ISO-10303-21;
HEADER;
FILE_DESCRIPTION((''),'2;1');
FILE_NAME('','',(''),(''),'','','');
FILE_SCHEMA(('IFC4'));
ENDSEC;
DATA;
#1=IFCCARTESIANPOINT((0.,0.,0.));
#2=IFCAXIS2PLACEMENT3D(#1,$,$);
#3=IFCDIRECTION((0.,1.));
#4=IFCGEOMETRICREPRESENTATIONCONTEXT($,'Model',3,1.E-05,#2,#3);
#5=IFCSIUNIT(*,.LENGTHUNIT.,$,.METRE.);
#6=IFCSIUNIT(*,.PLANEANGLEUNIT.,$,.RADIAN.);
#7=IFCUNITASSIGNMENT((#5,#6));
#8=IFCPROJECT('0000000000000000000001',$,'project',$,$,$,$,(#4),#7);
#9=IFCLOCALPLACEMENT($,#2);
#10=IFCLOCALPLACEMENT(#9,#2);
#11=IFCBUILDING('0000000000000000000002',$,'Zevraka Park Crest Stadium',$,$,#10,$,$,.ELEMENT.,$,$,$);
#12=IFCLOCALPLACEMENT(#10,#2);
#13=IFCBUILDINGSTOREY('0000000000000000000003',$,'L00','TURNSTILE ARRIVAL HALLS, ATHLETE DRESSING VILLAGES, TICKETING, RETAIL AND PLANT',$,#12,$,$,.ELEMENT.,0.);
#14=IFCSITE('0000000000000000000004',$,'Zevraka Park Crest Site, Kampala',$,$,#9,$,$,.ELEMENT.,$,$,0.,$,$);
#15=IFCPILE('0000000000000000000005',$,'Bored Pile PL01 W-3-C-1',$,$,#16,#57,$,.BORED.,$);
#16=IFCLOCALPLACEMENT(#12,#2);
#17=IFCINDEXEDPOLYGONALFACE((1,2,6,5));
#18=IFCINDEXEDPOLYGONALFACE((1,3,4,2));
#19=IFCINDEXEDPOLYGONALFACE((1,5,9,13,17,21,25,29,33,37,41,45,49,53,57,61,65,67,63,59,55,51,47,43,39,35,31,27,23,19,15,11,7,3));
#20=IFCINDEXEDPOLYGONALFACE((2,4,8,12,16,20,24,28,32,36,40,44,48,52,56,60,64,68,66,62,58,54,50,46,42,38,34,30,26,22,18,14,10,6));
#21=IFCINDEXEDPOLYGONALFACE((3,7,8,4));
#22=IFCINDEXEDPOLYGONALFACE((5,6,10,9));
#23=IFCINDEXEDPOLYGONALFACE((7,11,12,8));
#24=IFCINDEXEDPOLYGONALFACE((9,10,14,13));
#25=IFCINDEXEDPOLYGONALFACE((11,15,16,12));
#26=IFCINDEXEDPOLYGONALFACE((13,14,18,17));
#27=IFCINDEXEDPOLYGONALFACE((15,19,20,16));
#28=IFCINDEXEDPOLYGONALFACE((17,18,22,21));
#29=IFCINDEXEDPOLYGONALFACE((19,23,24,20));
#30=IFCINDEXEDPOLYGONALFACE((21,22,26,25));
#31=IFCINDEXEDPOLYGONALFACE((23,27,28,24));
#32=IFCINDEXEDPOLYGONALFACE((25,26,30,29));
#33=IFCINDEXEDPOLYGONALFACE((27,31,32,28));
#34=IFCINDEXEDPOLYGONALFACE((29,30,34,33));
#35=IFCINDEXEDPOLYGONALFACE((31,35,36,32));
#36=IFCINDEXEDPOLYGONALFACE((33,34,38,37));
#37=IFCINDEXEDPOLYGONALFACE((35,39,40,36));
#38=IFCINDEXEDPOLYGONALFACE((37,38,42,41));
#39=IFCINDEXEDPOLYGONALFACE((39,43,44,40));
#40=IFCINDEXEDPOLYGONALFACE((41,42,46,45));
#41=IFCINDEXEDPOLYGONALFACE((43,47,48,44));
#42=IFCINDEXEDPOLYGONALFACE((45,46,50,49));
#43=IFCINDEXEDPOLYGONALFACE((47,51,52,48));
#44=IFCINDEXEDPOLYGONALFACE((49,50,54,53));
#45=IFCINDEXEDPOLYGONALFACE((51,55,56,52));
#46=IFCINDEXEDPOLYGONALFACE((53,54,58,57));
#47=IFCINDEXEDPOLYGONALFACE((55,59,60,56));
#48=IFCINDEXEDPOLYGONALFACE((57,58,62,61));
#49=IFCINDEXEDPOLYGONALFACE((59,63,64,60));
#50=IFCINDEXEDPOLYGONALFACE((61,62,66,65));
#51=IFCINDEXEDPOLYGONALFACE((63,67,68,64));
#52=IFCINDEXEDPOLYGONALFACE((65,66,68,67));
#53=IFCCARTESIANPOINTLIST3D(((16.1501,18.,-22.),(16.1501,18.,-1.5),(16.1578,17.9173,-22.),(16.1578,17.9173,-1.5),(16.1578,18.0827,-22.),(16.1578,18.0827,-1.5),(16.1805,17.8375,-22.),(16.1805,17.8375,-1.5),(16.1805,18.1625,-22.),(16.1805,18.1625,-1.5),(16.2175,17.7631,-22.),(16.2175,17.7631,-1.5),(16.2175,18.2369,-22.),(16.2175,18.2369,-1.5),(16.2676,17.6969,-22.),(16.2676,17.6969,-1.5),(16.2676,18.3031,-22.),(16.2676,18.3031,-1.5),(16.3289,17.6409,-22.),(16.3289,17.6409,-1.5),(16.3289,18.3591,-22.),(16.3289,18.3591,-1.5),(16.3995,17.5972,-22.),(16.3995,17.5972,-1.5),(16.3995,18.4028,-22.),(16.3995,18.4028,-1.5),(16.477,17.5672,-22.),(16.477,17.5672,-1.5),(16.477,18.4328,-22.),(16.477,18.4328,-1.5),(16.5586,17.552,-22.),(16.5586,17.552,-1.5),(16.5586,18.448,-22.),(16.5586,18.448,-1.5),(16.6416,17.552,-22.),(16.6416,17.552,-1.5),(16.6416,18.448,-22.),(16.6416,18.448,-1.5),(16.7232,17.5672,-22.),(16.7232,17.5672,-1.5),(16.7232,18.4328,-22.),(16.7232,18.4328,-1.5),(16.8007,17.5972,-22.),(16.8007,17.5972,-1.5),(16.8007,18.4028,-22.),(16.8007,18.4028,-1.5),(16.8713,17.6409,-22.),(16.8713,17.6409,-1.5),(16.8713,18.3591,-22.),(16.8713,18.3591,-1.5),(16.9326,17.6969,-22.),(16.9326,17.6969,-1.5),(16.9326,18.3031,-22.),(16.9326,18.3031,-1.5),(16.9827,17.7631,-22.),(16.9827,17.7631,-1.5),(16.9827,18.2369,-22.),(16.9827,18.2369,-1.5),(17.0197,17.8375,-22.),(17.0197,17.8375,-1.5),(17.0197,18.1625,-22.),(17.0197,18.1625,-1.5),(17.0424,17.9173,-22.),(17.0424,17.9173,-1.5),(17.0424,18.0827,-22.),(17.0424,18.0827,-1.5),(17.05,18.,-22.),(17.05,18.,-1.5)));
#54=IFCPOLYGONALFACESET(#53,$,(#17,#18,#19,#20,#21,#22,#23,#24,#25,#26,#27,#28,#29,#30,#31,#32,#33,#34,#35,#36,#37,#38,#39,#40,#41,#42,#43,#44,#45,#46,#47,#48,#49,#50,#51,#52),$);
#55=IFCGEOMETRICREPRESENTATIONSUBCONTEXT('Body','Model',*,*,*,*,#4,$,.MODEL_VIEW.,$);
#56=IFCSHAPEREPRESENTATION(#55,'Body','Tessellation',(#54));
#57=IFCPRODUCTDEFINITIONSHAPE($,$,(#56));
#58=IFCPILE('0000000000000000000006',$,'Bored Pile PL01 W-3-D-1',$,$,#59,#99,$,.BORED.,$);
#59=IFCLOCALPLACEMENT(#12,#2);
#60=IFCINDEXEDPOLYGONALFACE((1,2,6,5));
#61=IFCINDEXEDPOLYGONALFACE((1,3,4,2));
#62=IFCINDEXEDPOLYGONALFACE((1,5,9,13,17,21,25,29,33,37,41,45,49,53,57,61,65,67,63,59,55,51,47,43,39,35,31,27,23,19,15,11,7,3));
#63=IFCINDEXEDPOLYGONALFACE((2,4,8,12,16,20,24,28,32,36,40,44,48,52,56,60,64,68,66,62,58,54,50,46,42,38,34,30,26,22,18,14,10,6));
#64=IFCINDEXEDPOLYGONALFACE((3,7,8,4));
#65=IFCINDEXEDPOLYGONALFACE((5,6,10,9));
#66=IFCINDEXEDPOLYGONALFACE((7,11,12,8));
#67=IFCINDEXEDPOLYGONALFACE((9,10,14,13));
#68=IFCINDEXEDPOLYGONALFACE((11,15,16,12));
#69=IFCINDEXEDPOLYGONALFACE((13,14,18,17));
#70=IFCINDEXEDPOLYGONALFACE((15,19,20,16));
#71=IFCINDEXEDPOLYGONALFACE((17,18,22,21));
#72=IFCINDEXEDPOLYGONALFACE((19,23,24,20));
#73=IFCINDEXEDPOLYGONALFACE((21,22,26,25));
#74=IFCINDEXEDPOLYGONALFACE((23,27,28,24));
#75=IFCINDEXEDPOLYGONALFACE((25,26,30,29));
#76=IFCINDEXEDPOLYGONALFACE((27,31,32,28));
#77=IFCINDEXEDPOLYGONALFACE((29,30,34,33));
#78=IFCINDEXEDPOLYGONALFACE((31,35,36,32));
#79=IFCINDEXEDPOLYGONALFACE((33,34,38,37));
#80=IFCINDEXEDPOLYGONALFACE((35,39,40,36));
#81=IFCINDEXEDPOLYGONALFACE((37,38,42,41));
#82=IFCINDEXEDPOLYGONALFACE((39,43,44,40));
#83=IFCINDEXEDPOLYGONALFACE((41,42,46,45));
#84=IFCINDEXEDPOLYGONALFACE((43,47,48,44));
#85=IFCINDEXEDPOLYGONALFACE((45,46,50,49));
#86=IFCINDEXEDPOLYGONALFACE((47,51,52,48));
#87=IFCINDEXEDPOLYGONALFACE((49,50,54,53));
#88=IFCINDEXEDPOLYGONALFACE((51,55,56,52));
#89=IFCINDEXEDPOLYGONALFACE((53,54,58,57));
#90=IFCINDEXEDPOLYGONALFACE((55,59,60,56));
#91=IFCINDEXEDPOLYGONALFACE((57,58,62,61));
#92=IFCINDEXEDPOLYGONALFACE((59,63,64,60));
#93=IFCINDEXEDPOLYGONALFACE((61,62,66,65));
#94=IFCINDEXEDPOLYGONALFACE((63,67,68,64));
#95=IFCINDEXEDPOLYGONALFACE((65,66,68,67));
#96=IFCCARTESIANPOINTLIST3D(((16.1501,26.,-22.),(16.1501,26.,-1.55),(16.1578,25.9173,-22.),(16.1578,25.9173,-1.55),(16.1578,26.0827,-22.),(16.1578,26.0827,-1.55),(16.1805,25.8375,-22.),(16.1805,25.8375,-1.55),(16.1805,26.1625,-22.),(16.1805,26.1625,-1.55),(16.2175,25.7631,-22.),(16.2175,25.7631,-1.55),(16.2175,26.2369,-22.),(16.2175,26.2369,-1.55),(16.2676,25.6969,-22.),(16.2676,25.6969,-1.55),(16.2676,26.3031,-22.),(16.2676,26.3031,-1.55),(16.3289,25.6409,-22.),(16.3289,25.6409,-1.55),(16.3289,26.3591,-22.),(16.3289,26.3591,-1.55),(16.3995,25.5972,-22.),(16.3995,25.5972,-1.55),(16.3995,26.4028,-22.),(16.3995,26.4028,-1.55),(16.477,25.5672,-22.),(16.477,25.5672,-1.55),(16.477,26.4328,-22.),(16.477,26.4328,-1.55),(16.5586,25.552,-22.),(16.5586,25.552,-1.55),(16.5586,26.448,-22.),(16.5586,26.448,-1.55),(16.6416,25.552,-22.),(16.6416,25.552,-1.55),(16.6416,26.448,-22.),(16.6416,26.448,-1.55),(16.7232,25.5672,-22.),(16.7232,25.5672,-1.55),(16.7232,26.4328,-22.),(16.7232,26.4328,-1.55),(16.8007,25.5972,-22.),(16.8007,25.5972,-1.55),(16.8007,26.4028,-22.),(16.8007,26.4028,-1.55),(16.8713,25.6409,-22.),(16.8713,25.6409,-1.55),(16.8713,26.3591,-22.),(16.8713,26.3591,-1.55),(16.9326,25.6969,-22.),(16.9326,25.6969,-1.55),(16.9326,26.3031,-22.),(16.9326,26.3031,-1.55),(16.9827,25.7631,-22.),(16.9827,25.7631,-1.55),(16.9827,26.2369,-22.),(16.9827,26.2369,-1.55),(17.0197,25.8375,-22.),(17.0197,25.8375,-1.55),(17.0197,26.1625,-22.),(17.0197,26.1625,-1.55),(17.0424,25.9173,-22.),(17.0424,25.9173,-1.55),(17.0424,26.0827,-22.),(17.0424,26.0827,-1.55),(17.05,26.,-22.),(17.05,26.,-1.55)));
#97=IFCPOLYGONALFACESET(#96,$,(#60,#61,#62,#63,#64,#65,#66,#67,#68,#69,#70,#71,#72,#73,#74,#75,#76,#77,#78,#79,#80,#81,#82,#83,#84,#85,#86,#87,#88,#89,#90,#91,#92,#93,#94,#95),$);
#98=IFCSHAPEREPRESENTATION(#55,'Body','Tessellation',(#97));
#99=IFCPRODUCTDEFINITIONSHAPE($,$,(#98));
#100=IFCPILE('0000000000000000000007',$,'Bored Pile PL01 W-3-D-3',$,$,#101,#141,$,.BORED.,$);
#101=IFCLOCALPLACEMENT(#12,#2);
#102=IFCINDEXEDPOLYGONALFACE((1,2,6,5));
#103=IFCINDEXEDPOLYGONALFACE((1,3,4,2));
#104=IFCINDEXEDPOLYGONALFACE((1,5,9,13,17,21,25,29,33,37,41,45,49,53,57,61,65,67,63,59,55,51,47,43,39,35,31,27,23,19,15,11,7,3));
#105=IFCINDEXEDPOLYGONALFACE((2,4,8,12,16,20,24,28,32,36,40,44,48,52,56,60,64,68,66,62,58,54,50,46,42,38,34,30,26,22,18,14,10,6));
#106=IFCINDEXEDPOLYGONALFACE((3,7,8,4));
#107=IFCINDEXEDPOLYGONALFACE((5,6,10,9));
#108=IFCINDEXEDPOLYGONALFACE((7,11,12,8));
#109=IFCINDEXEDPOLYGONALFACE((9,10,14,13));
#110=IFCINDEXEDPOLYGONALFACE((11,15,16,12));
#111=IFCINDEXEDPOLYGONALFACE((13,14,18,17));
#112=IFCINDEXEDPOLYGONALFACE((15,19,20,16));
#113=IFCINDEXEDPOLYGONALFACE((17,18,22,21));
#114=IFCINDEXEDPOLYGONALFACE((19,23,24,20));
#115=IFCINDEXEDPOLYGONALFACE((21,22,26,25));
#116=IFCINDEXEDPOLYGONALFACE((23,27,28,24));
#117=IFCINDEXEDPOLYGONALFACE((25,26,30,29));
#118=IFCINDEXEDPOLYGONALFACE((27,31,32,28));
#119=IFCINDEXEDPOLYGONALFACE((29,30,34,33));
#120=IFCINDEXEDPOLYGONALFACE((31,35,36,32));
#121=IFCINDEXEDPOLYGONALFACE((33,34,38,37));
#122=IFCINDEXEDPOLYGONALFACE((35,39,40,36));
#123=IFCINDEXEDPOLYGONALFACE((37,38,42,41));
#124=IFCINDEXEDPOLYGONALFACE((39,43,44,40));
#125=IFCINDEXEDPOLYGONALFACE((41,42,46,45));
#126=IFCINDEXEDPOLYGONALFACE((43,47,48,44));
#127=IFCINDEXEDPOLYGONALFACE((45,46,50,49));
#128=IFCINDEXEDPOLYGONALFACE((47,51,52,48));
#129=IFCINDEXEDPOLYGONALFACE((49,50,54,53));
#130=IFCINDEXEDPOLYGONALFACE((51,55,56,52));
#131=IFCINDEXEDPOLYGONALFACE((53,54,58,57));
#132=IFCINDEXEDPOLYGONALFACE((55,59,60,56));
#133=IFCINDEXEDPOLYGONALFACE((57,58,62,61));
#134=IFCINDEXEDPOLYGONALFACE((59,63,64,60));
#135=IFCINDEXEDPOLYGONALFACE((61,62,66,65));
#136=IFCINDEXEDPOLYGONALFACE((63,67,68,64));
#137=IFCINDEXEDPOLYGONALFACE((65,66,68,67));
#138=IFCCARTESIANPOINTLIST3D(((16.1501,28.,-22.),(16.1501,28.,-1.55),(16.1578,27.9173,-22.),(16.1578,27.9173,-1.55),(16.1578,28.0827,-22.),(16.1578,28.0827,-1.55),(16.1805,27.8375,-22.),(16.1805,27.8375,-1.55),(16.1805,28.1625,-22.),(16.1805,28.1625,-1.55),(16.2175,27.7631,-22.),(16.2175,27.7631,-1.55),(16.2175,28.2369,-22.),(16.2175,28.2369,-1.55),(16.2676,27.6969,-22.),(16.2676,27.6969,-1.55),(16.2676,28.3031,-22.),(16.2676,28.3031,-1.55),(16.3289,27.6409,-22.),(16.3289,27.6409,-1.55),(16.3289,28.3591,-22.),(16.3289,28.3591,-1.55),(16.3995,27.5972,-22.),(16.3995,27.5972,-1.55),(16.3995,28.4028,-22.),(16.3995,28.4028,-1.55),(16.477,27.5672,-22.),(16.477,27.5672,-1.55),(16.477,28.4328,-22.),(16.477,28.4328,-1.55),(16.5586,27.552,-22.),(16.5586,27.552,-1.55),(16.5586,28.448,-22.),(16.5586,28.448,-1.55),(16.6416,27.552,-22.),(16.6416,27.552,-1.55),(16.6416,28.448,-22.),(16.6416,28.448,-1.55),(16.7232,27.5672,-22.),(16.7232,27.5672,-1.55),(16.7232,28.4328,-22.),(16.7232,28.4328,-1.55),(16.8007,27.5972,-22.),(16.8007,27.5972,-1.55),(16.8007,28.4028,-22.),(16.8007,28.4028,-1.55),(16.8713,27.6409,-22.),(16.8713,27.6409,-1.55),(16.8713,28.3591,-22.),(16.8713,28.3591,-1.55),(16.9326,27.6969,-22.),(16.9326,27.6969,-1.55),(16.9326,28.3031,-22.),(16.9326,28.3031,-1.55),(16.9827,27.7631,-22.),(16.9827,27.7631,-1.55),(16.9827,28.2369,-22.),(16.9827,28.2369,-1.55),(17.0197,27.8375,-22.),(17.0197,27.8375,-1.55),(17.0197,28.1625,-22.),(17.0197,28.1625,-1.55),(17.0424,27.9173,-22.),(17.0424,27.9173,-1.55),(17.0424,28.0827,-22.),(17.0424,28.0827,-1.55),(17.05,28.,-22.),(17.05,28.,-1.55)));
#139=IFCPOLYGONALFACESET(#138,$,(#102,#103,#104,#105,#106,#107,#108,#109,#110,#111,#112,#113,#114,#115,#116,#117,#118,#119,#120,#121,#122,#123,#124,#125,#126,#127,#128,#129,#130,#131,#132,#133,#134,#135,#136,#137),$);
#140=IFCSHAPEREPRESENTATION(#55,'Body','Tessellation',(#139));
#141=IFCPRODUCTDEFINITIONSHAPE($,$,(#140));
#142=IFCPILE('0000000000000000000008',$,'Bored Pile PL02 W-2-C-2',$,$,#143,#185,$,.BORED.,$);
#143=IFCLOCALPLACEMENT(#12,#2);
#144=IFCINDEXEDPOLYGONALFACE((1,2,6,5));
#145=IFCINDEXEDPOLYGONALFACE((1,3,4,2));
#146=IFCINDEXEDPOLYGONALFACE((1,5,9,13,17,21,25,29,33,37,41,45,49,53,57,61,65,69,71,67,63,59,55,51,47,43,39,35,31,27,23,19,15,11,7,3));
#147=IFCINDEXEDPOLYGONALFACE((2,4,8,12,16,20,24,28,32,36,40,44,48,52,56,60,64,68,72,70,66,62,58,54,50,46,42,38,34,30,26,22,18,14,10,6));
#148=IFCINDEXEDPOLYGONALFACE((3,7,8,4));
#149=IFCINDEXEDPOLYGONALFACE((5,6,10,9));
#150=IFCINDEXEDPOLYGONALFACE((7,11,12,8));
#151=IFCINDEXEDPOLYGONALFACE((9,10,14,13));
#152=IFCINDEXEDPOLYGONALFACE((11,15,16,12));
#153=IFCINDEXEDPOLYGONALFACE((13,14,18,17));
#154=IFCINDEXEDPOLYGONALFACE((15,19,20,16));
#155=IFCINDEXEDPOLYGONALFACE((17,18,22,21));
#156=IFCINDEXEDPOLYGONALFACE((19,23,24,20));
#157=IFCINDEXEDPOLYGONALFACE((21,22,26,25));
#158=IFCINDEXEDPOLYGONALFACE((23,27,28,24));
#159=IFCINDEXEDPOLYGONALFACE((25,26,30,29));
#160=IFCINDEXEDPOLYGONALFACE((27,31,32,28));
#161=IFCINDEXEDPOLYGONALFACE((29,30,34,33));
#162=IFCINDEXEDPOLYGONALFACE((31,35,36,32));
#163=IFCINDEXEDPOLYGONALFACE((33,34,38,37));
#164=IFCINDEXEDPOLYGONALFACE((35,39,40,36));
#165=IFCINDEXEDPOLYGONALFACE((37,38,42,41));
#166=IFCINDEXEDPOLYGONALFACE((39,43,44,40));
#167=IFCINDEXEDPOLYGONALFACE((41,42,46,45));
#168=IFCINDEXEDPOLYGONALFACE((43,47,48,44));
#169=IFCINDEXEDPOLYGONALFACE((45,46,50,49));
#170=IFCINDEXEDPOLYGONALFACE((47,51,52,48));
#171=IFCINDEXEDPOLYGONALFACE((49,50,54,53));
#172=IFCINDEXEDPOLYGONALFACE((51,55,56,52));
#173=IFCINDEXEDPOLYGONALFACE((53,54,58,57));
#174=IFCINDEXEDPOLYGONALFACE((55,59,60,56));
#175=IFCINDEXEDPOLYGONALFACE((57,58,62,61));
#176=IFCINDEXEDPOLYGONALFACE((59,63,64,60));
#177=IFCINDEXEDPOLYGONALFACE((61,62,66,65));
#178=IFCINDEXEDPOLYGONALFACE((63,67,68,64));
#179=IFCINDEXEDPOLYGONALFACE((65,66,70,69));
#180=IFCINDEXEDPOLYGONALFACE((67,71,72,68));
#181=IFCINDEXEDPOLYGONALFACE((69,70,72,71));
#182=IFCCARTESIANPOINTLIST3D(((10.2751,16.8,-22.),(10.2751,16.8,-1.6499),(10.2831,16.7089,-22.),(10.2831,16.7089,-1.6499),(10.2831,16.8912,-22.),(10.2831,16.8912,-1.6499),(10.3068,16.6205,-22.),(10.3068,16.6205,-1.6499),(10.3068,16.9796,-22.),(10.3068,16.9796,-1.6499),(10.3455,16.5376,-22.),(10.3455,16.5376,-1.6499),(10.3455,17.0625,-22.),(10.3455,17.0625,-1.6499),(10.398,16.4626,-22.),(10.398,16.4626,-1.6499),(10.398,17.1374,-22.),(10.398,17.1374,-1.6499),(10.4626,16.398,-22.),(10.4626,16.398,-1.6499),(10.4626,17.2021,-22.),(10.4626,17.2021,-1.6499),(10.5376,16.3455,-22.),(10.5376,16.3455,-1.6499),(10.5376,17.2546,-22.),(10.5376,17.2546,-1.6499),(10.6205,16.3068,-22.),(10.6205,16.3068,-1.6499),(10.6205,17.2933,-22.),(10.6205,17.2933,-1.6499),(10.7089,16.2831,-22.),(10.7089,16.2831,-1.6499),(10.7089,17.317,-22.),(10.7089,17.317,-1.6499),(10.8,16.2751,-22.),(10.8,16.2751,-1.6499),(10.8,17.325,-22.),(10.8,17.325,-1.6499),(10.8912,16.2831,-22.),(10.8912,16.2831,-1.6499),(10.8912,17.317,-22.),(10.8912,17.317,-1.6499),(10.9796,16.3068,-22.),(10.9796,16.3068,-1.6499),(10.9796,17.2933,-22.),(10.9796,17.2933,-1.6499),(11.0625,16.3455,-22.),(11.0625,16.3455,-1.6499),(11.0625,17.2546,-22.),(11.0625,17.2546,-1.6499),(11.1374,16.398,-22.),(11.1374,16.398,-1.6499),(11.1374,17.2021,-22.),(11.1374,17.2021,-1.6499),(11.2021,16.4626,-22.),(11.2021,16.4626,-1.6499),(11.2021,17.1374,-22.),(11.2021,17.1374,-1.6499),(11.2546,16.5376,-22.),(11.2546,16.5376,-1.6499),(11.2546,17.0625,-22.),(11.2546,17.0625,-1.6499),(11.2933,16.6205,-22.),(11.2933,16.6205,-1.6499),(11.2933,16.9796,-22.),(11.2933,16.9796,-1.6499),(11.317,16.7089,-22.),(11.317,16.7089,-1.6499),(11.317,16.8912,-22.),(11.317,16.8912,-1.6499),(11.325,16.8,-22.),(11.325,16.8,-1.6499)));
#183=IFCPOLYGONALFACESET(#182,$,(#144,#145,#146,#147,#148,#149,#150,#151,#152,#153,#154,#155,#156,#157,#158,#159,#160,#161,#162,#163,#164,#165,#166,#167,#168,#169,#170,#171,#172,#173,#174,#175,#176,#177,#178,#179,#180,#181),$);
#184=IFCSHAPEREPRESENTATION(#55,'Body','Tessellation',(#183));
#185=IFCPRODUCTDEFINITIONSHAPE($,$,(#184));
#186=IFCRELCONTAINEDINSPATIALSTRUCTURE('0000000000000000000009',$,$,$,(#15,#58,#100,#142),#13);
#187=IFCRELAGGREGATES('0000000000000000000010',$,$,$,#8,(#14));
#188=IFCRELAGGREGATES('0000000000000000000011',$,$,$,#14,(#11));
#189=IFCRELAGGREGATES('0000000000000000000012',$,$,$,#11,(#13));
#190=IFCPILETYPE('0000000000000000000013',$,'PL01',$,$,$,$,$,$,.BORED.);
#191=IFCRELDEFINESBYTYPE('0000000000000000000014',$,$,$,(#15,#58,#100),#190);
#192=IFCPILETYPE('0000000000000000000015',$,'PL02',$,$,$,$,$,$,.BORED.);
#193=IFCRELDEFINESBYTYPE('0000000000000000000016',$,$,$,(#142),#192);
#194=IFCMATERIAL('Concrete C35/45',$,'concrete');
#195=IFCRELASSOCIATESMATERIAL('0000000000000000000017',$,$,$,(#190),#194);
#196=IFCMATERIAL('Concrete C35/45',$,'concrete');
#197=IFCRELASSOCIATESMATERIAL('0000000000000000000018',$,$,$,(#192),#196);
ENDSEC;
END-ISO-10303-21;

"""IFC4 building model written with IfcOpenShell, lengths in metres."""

from ifc_helpers import new_model, si_unit, direction, frame, origin, origin_2d, place, context, subcontext, project, spatial, circle, extrude, material, material_profile, profile_set, type_object, element, save


model = new_model("IFC4")

# Units and contexts
model_context = context("Model", 3, precision=1e-05, world=origin(), true_north=direction((0.0, 1.0)))
body_context = subcontext(model_context, "Body", "Model", "MODEL_VIEW")
ifc_project = project(units=[si_unit("LENGTHUNIT", "METRE"), si_unit("PLANEANGLEUNIT", "RADIAN")], contexts=[model_context])

# Site, building, storey
site_placement = place(None, origin())
site = spatial("IfcSite", under=ifc_project, at=site_placement, Name="Zevraka Park Crest Site, Kampala", CompositionType="ELEMENT", RefElevation=0.0)
building_placement = place(site_placement, origin())
building = spatial("IfcBuilding", under=site, at=building_placement, Name="Zevraka Park Crest Stadium", CompositionType="ELEMENT")
storey_placement = place(building_placement, origin())
storey = spatial("IfcBuildingStorey", under=building, at=storey_placement, Name="L00", Description="TURNSTILE ARRIVAL HALLS, ATHLETE DRESSING VILLAGES, TICKETING, RETAIL AND PLANT", CompositionType="ELEMENT", Elevation=0.0)

# Piles
ifc_material_1 = material(Name="Concrete C35/45", Category="concrete")
ifc_material_profile_1 = material_profile(ifc_material_1, circle(Radius=0.45, at=origin_2d()), Name="PILE D900")
ifc_profile_set_1 = profile_set([ifc_material_profile_1], Name="Concrete C35/45")
pile_type_1 = type_object("IfcPileType", Name="PL01", PredefinedType="BORED", material=ifc_profile_set_1)
for number, where, z_axis, x_axis, name in (
    (1, (16.6001, 18.0, -1.5), (0.0, 0.0, -1.0), (1.0, 0.0, 0.0), "Bored Pile PL01 W-3-C-1"),
):
    element("IfcPile", number, at=place(storey_placement, frame(where, z_axis=z_axis, x_axis=x_axis)), inside=storey, type_object=pile_type_1, Name=name, PredefinedType="BORED", context=body_context, shape_type="SweptSolid", body=[
        extrude(circle(Radius=0.45, at=origin_2d()), origin(), (0.0, 0.0, 1.0), 20.5),
    ])
for number, where, z_axis, x_axis, name in (
    (2, (16.6001, 26.0, -1.55), (0.0, 0.0, -1.0), (1.0, 0.0, 0.0), "Bored Pile PL01 W-3-D-1"),
    (3, (16.6001, 28.0, -1.55), (0.0, 0.0, -1.0), (1.0, 0.0, 0.0), "Bored Pile PL01 W-3-D-3"),
):
    element("IfcPile", number, at=place(storey_placement, frame(where, z_axis=z_axis, x_axis=x_axis)), inside=storey, type_object=pile_type_1, Name=name, PredefinedType="BORED", context=body_context, shape_type="SweptSolid", body=[
        extrude(circle(Radius=0.45, at=origin_2d()), origin(), (0.0, 0.0, 1.0), 20.45),
    ])
ifc_material_2 = material(Name="Concrete C35/45", Category="concrete")
ifc_material_profile_2 = material_profile(ifc_material_2, circle(Radius=0.5249, at=origin_2d()), Name="PILE D1050")
ifc_profile_set_2 = profile_set([ifc_material_profile_2], Name="Concrete C35/45")
pile_type_2 = type_object("IfcPileType", Name="PL02", PredefinedType="BORED", material=ifc_profile_set_2)
for number, where, z_axis, x_axis, name in (
    (4, (10.8, 16.8, -1.6499), (0.0, 0.0, -1.0), (1.0, 0.0, 0.0), "Bored Pile PL02 W-2-C-2"),
):
    element("IfcPile", number, at=place(storey_placement, frame(where, z_axis=z_axis, x_axis=x_axis)), inside=storey, type_object=pile_type_2, Name=name, PredefinedType="BORED", context=body_context, shape_type="SweptSolid", body=[
        extrude(circle(Radius=0.5249, at=origin_2d()), origin(), (0.0, 0.0, 1.0), 20.3501),
    ])

save(model, "model.ifc")
